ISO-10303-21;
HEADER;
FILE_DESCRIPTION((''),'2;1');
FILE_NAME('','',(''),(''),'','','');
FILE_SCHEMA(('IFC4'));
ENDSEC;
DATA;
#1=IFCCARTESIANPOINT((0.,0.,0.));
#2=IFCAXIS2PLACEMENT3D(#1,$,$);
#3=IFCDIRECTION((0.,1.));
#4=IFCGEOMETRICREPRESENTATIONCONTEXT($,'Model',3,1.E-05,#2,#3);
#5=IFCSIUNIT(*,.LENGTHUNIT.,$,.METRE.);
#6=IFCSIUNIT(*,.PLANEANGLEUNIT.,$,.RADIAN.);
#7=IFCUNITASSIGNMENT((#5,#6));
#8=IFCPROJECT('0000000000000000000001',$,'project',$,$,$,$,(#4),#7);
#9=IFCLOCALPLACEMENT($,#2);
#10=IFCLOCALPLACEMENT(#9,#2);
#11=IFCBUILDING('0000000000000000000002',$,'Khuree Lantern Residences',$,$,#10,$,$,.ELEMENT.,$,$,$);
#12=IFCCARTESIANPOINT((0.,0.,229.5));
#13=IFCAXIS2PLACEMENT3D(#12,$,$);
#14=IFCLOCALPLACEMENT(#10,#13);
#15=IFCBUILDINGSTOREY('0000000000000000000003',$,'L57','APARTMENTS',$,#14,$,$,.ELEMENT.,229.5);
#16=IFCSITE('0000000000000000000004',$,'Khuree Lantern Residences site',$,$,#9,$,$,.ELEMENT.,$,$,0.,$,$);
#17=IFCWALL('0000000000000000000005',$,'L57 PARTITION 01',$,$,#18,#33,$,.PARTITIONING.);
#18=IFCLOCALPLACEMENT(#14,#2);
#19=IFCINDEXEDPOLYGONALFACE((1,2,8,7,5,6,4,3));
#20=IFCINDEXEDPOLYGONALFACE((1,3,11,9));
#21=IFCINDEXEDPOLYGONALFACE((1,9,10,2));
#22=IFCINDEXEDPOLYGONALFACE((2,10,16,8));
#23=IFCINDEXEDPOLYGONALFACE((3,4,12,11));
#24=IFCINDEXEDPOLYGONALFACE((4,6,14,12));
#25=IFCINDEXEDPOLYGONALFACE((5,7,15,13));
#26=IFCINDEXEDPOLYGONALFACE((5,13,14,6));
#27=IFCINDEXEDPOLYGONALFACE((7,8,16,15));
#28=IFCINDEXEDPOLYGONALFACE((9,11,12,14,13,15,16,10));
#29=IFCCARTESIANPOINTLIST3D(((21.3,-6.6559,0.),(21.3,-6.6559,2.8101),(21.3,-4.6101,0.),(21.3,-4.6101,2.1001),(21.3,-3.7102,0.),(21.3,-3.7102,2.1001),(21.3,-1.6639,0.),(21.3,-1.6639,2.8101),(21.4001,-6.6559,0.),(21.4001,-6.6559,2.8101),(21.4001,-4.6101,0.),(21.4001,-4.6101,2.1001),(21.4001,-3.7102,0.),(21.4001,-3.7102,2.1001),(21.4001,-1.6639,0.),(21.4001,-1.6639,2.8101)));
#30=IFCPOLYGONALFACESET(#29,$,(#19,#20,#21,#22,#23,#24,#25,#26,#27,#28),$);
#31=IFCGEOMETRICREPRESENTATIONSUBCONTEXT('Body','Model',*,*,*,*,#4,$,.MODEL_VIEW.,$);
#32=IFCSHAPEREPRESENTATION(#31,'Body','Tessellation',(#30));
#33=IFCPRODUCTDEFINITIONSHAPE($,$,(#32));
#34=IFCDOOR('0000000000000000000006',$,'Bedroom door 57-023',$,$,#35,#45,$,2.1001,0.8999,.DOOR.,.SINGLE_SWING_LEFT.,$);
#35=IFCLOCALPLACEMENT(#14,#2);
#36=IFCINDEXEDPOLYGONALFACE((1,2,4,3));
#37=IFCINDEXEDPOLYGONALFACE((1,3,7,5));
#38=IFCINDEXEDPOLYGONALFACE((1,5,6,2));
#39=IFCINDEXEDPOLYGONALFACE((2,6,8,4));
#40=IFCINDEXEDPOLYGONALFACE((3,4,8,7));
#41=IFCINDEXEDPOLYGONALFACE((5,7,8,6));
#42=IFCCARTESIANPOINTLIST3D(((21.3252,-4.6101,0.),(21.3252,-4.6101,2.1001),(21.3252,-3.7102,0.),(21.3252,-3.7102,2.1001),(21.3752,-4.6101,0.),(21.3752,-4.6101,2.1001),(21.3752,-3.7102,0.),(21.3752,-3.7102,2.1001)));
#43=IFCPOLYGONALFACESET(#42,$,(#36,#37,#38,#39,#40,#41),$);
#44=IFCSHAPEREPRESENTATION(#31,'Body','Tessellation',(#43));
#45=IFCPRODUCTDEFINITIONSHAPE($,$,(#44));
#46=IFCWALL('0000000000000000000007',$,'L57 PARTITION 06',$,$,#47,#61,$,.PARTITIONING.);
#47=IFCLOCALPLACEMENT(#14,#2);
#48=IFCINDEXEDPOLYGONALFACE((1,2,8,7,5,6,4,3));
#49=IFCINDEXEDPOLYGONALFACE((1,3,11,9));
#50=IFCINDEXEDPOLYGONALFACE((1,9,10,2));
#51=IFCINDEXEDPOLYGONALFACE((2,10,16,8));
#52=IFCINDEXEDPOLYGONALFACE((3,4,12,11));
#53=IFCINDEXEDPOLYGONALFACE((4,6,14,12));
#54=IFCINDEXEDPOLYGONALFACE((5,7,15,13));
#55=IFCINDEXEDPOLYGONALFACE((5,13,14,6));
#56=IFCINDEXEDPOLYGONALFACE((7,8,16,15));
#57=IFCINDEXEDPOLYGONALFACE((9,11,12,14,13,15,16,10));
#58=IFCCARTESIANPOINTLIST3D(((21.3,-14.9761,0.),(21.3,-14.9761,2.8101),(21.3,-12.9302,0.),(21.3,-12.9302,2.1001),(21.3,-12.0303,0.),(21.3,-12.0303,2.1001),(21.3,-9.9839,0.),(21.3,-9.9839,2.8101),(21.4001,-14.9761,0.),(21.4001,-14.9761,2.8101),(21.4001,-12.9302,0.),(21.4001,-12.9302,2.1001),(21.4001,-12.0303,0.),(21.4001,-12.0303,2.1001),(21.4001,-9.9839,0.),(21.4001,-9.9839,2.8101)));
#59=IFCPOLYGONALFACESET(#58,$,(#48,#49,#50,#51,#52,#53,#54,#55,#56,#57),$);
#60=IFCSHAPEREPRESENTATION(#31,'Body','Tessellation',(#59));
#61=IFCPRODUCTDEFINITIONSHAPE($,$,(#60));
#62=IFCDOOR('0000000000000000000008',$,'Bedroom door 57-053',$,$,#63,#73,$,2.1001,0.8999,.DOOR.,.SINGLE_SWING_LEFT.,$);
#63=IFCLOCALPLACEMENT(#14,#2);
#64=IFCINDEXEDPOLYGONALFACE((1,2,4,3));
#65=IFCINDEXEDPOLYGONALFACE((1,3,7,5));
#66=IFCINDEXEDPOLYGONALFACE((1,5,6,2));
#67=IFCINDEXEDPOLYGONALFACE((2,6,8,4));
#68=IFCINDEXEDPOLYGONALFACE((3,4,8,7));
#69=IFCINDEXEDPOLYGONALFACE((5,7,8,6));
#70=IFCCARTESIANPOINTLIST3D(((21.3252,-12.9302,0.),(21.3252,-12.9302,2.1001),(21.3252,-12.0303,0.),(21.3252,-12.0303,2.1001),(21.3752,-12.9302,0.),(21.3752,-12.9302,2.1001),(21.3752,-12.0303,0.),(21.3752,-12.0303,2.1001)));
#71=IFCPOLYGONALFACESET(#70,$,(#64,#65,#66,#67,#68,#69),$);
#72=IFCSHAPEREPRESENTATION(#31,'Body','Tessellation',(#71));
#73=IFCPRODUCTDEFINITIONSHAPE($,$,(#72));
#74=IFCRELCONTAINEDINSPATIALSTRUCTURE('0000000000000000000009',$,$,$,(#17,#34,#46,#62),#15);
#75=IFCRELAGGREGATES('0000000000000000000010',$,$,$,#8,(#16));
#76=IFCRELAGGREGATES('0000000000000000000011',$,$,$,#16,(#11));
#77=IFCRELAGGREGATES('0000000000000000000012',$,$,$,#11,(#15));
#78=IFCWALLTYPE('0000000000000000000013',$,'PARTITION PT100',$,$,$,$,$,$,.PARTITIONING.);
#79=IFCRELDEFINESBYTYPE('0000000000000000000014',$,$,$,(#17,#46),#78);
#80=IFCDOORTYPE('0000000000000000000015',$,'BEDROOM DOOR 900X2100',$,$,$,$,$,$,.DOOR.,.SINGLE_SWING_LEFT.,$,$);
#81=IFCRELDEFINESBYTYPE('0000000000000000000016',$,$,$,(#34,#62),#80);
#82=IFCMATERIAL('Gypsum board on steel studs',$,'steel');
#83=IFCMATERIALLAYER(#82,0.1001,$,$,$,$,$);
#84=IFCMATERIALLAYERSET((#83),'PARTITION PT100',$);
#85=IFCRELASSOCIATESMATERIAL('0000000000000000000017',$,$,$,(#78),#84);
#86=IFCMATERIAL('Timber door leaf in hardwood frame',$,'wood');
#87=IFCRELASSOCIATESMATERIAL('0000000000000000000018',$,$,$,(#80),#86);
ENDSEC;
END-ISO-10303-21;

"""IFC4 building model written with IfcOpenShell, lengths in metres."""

from ifc_helpers import new_model, si_unit, direction, frame, frame_2d, origin, place, context, subcontext, project, spatial, rectangle, extrude, material, layer, layer_set, type_object, element, fill, save


model = new_model("IFC4")

# Units and contexts
model_context = context("Model", 3, precision=1e-05, world=origin(), true_north=direction((0.0, 1.0)))
body_context = subcontext(model_context, "Body", "Model", "MODEL_VIEW")
ifc_project = project(units=[si_unit("LENGTHUNIT", "METRE"), si_unit("PLANEANGLEUNIT", "RADIAN")], contexts=[model_context])

# Site, building, storey
site_placement = place(None, origin())
site = spatial("IfcSite", under=ifc_project, at=site_placement, Name="Khuree Lantern Residences site", CompositionType="ELEMENT", RefElevation=0.0)
building_placement = place(site_placement, origin())
building = spatial("IfcBuilding", under=site, at=building_placement, Name="Khuree Lantern Residences", CompositionType="ELEMENT")
storey_placement = place(building_placement, frame((0.0, 0.0, 229.5)))
storey = spatial("IfcBuildingStorey", under=building, at=storey_placement, Name="L57", Description="APARTMENTS", CompositionType="ELEMENT", Elevation=229.5)

# Shared definitions
ifc_material_1 = material(Name="Timber door leaf in hardwood frame", Category="wood")

# Shared definitions
ifc_material_2 = material(Name="Gypsum board on steel studs", Category="steel")

# Shared definitions
ifc_layer_1 = layer(ifc_material_2, 0.1001)
ifc_layer_set_1 = layer_set([ifc_layer_1], Name="PARTITION PT100")
wall_type_1 = type_object("IfcWallType", Name="PARTITION PT100", PredefinedType="PARTITIONING", material=ifc_layer_set_1)

# Walls, openings, doors
wall_1_placement = place(storey_placement, frame((21.3501, -6.656, 0.0), z_axis=(0.0, 0.0, 1.0), x_axis=(0.0, 1.0, 0.0)))
wall_1 = element("IfcWall", 1, at=wall_1_placement, inside=storey, type_object=wall_type_1, Name="L57 PARTITION 01", PredefinedType="PARTITIONING", context=body_context, shape_type="SweptSolid", body=[
    extrude(rectangle(XDim=4.9919, YDim=0.1001, at=frame_2d((2.4961, 0.0))), origin(), (0.0, 0.0, 1.0), 2.8101),
])
opening_1_placement = place(wall_1_placement, frame((2.0459, 0.0, 0.0)))
opening_1 = element("IfcOpeningElement", 2, at=opening_1_placement, cuts=wall_1, PredefinedType="OPENING", context=body_context, shape_type="SweptSolid", body=[
    extrude(rectangle(XDim=0.8999, YDim=2.1001, at=frame_2d((0.45, 1.05))), frame((0.0, 0.0601, 0.0), z_axis=(0.0, -1.0, 0.0), x_axis=(1.0, 0.0, 0.0)), (0.0, 0.0, 1.0), 0.1201),
])
door_type_1 = type_object("IfcDoorType", Name="BEDROOM DOOR 900X2100", OperationType="SINGLE_SWING_LEFT", PredefinedType="DOOR", material=ifc_material_1)
door_1_placement = place(opening_1_placement, origin())
door_1 = element("IfcDoor", 3, at=door_1_placement, inside=storey, type_object=door_type_1, Name="Bedroom door 57-023", OperationType="SINGLE_SWING_LEFT", OverallHeight=2.1001, OverallWidth=0.8999, PredefinedType="DOOR", context=body_context, shape_type="SweptSolid", body=[
    extrude(rectangle(XDim=0.8999, YDim=2.1001, at=frame_2d((0.45, 1.05))), frame((0.0, 0.0249, 0.0), z_axis=(0.0, -1.0, 0.0), x_axis=(1.0, 0.0, 0.0)), (0.0, 0.0, 1.0), 0.05),
])
fill(opening_1, door_1)
wall_2_placement = place(storey_placement, frame((21.3501, -14.9761, 0.0), z_axis=(0.0, 0.0, 1.0), x_axis=(0.0, 1.0, 0.0)))
wall_2 = element("IfcWall", 4, at=wall_2_placement, inside=storey, type_object=wall_type_1, Name="L57 PARTITION 06", PredefinedType="PARTITIONING", context=body_context, shape_type="SweptSolid", body=[
    extrude(rectangle(XDim=4.9922, YDim=0.1001, at=frame_2d((2.4961, 0.0))), origin(), (0.0, 0.0, 1.0), 2.8101),
])
opening_2_placement = place(wall_2_placement, frame((2.0459, 0.0, 0.0)))
opening_2 = element("IfcOpeningElement", 5, at=opening_2_placement, cuts=wall_2, PredefinedType="OPENING", context=body_context, shape_type="SweptSolid", body=[
    extrude(rectangle(XDim=0.8999, YDim=2.1001, at=frame_2d((0.45, 1.05))), frame((0.0, 0.0601, 0.0), z_axis=(0.0, -1.0, 0.0), x_axis=(1.0, 0.0, 0.0)), (0.0, 0.0, 1.0), 0.1201),
])
door_2_placement = place(opening_2_placement, origin())
door_2 = element("IfcDoor", 6, at=door_2_placement, inside=storey, type_object=door_type_1, Name="Bedroom door 57-053", OperationType="SINGLE_SWING_LEFT", OverallHeight=2.1001, OverallWidth=0.8999, PredefinedType="DOOR", context=body_context, shape_type="SweptSolid", body=[
    extrude(rectangle(XDim=0.8999, YDim=2.1001, at=frame_2d((0.45, 1.05))), frame((0.0, 0.0249, 0.0), z_axis=(0.0, -1.0, 0.0), x_axis=(1.0, 0.0, 0.0)), (0.0, 0.0, 1.0), 0.05),
])
fill(opening_2, door_2)

save(model, "model.ifc")
